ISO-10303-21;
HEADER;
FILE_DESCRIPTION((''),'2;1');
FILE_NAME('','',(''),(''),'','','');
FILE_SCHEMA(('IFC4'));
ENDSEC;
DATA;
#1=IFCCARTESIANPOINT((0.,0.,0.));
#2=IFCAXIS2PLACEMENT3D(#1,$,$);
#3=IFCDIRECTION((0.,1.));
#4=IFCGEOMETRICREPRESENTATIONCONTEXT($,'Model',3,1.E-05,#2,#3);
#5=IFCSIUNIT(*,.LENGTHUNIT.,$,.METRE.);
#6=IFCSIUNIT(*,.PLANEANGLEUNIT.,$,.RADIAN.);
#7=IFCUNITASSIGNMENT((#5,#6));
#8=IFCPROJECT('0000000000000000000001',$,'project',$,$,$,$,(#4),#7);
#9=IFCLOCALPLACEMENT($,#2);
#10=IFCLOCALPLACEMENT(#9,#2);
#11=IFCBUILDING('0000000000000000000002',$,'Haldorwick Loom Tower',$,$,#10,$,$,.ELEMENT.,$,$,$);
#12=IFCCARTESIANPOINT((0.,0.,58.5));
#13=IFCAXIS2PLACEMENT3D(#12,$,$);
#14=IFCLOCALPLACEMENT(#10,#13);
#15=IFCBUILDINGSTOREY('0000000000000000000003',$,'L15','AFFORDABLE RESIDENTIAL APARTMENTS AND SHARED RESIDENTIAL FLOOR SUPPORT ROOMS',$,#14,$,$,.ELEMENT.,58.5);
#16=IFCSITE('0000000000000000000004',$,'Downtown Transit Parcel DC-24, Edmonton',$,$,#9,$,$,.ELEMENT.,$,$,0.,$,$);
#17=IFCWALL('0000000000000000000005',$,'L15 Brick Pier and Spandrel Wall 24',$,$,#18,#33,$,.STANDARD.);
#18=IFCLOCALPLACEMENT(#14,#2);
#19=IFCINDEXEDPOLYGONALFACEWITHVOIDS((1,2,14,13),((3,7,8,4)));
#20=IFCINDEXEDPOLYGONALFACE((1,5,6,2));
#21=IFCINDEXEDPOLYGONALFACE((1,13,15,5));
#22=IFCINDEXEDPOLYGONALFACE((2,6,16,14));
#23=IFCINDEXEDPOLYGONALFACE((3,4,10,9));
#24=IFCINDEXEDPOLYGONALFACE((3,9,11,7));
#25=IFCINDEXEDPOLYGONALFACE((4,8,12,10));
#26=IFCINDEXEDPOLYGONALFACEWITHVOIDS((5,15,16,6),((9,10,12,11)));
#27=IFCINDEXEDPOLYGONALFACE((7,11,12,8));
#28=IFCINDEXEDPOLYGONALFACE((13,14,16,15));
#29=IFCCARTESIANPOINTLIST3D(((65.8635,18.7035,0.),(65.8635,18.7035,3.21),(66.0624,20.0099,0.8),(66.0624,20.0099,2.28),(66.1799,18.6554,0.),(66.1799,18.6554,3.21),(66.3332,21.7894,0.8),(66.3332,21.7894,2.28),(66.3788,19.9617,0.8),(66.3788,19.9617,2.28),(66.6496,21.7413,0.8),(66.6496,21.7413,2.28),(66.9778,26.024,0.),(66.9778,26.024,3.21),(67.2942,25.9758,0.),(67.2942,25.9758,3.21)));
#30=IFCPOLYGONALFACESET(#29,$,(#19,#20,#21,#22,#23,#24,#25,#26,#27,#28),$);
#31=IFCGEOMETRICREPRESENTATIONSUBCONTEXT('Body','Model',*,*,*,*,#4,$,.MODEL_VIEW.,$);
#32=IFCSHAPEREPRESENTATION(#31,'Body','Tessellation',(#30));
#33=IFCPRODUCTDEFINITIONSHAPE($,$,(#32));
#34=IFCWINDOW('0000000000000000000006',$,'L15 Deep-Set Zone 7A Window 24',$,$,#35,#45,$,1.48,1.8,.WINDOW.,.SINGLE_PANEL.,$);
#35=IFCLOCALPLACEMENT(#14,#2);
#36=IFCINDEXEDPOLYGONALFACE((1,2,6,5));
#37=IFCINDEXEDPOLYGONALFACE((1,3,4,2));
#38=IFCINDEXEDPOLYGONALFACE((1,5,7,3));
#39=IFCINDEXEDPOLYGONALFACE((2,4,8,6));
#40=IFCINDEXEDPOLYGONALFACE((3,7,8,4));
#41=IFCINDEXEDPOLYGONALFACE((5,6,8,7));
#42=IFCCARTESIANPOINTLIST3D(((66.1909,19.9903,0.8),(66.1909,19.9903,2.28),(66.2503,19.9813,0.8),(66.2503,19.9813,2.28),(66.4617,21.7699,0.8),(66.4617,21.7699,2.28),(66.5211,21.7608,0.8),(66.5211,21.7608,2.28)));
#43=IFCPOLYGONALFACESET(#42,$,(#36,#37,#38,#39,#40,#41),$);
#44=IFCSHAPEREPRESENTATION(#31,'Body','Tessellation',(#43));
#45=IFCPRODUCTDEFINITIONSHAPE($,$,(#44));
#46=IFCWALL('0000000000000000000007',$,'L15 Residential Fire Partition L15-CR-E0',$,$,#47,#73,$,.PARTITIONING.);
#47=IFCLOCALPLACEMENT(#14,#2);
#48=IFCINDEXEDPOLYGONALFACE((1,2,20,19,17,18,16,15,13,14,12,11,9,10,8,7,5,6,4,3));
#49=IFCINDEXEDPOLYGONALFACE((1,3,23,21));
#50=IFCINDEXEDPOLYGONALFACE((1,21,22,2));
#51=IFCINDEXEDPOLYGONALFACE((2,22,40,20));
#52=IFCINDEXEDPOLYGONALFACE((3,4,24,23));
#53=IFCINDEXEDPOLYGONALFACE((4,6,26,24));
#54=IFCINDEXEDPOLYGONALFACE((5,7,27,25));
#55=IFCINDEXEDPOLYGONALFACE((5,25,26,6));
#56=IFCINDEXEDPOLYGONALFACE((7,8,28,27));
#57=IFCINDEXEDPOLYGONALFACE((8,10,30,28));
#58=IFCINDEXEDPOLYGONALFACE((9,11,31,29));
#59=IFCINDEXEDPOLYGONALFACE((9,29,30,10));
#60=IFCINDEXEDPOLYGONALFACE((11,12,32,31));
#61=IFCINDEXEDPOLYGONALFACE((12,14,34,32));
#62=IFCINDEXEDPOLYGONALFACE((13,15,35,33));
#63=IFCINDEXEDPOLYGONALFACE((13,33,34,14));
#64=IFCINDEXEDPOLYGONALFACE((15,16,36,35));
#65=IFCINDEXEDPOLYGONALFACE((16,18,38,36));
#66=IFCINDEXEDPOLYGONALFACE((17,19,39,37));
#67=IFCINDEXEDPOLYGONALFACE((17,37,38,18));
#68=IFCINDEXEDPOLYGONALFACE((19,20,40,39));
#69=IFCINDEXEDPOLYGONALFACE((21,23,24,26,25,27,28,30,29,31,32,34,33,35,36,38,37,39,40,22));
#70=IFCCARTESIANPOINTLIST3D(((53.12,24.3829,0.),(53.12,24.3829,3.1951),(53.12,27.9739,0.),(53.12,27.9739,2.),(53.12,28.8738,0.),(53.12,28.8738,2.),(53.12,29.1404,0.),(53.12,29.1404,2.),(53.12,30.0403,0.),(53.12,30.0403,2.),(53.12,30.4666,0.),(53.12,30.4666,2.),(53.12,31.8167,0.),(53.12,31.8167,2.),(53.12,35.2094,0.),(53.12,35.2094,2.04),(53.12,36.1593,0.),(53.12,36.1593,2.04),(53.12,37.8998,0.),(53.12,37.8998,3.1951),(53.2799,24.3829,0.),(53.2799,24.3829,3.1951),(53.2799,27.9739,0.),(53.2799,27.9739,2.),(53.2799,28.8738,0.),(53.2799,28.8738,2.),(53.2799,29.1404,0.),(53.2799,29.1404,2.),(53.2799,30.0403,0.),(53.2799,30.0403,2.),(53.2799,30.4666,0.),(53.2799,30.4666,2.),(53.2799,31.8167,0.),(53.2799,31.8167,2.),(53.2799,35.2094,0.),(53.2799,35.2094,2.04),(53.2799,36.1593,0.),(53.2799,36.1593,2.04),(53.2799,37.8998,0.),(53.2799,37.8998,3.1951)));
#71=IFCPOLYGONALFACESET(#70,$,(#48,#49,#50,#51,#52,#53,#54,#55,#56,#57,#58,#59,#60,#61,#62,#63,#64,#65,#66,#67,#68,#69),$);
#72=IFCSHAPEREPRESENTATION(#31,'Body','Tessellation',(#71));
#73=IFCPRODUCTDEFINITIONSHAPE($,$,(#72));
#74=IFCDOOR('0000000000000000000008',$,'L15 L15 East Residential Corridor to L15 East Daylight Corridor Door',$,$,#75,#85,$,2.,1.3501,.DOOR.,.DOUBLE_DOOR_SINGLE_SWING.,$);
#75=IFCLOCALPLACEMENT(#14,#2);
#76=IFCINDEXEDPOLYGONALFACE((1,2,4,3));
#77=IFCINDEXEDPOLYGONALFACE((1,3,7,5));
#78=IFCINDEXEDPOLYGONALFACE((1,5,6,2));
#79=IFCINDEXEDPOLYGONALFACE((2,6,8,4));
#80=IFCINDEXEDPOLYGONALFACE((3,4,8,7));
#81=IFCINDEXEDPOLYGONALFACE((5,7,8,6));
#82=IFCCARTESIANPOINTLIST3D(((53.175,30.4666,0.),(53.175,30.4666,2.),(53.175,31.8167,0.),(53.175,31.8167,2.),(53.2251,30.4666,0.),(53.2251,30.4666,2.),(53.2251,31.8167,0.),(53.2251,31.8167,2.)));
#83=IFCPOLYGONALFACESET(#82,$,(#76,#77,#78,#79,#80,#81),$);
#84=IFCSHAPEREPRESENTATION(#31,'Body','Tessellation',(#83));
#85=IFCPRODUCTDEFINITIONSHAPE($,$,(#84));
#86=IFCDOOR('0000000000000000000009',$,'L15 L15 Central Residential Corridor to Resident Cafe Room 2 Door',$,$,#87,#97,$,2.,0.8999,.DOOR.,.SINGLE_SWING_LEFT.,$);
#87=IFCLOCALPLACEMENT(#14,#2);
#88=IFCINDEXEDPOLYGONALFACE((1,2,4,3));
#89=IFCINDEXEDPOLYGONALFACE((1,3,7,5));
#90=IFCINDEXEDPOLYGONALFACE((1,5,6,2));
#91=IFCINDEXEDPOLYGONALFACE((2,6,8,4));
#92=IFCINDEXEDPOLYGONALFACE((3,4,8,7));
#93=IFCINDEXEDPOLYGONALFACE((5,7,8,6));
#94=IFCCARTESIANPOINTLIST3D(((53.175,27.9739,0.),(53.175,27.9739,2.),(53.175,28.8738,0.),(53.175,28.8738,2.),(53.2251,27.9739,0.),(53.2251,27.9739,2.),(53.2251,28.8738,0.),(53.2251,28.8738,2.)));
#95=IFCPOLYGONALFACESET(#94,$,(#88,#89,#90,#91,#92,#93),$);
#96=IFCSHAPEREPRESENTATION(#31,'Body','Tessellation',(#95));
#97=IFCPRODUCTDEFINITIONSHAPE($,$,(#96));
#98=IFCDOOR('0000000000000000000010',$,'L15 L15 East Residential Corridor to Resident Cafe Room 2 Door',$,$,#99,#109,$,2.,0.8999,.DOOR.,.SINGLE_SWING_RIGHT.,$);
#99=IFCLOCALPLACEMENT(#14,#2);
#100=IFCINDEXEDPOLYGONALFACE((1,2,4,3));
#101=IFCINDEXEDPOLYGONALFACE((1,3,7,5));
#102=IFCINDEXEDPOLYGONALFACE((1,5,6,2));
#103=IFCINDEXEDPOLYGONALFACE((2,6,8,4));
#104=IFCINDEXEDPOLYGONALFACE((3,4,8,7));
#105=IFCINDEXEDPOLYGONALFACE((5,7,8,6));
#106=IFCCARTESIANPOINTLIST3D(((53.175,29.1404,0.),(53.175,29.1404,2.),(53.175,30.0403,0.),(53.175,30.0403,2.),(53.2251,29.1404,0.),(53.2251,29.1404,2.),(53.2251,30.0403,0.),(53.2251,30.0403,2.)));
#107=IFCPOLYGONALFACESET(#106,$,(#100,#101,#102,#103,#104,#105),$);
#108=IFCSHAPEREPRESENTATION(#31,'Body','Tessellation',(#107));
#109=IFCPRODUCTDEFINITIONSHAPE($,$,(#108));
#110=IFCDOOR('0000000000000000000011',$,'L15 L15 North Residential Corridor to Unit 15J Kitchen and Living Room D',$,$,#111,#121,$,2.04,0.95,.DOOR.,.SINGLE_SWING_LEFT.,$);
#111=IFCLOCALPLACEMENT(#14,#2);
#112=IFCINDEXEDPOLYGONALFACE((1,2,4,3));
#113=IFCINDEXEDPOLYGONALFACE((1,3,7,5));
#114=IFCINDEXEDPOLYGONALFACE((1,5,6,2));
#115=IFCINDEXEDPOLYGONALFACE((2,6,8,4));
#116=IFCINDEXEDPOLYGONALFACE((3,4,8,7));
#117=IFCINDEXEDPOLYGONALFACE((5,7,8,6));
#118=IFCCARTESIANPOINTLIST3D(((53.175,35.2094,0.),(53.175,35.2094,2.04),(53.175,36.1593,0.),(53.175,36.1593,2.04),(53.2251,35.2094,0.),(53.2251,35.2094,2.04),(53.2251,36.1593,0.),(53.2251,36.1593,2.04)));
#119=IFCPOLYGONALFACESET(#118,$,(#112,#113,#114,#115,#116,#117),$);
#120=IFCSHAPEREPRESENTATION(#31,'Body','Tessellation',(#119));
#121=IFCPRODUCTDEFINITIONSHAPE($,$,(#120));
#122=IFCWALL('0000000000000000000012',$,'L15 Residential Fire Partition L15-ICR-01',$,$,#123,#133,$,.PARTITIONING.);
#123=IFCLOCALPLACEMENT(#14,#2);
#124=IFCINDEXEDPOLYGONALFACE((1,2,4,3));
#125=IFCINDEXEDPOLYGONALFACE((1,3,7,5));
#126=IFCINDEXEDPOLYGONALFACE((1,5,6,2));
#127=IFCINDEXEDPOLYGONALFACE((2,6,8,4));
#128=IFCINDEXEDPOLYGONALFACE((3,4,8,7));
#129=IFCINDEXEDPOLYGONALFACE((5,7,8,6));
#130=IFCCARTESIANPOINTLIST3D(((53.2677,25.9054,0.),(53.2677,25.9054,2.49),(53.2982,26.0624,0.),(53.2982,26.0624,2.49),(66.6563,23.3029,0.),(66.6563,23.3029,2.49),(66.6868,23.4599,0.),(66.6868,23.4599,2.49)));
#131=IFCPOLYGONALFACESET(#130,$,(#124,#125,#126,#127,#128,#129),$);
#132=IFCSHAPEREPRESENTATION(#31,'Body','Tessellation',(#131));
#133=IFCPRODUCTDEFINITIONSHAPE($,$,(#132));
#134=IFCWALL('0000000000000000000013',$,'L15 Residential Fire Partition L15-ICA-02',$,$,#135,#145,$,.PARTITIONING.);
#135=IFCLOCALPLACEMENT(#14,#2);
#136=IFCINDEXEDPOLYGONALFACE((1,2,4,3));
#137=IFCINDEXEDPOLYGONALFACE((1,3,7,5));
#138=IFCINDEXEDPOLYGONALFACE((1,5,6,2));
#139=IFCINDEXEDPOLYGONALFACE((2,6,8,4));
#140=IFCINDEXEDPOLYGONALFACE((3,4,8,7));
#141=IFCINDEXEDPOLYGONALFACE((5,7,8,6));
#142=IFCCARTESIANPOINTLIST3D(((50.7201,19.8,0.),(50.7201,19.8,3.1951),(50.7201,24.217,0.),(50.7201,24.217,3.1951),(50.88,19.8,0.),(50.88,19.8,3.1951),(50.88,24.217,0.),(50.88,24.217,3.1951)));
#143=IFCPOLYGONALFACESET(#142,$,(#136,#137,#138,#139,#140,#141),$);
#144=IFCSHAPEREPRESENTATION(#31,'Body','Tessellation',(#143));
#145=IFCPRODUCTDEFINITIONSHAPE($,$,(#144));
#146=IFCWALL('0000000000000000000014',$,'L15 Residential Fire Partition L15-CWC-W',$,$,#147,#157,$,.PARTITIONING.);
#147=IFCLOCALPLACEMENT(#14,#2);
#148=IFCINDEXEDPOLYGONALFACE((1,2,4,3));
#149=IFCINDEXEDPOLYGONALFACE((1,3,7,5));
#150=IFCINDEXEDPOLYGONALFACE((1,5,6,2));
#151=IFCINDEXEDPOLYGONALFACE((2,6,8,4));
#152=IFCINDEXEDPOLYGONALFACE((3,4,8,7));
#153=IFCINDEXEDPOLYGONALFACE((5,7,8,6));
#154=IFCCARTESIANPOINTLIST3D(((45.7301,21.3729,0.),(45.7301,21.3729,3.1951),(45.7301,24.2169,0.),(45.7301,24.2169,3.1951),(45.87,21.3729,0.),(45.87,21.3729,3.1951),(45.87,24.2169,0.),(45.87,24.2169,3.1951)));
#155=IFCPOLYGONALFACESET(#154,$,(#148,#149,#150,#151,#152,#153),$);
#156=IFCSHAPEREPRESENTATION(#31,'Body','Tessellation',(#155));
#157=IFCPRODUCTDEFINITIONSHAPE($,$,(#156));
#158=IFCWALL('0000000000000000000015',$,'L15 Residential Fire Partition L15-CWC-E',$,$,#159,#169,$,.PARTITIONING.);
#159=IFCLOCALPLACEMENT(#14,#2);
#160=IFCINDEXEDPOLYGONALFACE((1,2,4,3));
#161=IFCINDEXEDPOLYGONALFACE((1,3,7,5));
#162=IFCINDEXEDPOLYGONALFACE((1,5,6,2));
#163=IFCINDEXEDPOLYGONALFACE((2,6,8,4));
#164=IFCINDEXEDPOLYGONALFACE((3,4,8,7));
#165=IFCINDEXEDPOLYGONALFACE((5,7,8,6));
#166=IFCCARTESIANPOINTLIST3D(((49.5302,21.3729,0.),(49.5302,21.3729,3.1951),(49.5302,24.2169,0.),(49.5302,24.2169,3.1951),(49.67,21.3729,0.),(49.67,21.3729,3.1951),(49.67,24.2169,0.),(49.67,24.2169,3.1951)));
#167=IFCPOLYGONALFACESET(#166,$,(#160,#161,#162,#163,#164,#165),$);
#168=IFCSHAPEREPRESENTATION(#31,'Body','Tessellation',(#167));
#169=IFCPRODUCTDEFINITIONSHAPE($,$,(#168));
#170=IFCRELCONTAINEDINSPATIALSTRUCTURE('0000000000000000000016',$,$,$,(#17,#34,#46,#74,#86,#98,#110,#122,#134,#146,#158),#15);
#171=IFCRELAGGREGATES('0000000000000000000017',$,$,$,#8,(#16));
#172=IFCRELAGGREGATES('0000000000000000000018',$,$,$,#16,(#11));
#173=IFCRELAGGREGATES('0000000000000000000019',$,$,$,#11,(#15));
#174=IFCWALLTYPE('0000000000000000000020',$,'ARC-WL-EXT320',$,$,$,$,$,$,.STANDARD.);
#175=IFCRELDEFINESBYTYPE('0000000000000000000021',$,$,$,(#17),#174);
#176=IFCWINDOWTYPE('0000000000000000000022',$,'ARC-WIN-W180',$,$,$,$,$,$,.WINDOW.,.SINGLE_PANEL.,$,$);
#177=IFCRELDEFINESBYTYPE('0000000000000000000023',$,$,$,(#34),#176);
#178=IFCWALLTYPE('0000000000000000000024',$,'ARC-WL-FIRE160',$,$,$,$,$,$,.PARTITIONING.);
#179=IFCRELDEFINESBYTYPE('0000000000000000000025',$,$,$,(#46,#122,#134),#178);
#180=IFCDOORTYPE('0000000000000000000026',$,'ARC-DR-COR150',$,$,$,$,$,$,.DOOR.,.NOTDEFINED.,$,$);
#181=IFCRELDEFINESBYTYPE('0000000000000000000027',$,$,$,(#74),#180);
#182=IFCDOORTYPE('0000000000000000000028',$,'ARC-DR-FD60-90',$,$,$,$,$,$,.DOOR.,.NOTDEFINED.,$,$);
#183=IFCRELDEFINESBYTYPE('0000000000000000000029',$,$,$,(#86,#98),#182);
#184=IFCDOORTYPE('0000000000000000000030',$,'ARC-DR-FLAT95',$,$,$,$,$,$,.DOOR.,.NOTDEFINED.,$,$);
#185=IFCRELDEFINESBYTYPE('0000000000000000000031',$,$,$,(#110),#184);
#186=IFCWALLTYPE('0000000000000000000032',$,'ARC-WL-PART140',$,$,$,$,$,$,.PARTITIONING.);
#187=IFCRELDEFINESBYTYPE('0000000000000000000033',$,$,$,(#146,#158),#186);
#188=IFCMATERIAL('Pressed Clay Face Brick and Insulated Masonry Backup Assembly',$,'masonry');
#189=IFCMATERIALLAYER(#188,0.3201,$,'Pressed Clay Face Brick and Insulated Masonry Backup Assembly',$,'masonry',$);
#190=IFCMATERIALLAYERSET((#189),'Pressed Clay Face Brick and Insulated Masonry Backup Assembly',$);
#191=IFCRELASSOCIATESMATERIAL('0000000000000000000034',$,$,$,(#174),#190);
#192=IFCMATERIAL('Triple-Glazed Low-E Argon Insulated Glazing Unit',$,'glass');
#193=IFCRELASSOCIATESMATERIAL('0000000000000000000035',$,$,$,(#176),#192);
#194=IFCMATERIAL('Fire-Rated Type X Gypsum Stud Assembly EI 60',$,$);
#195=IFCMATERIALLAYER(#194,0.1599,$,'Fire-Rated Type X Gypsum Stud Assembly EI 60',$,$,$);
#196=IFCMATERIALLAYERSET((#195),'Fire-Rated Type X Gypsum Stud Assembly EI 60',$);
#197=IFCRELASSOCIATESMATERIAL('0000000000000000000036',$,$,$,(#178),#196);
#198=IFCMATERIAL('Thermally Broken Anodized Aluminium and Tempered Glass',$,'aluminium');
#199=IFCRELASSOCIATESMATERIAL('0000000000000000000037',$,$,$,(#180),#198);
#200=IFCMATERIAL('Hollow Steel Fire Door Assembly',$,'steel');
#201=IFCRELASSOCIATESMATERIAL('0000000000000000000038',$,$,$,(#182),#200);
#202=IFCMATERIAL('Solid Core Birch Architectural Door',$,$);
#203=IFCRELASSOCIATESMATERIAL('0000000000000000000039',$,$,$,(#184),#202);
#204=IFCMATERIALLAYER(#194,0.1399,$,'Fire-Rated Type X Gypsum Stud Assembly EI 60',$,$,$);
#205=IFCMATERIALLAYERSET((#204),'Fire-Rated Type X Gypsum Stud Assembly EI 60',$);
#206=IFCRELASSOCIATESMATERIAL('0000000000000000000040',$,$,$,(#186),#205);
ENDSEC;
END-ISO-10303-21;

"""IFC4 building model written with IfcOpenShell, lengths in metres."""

from ifc_helpers import new_model, si_unit, direction, frame, frame_2d, origin, place, context, subcontext, project, spatial, rectangle, extrude, material, layer, layer_set, type_object, element, fill, save


model = new_model("IFC4")

# Units and contexts
model_context = context("Model", 3, precision=1e-05, world=origin(), true_north=direction((0.0, 1.0)))
body_context = subcontext(model_context, "Body", "Model", "MODEL_VIEW")
ifc_project = project(units=[si_unit("LENGTHUNIT", "METRE"), si_unit("PLANEANGLEUNIT", "RADIAN")], contexts=[model_context])

# Site, building, storey
site_placement = place(None, origin())
site = spatial("IfcSite", under=ifc_project, at=site_placement, Name="Downtown Transit Parcel DC-24, Edmonton", CompositionType="ELEMENT", RefElevation=0.0)
building_placement = place(site_placement, origin())
building = spatial("IfcBuilding", under=site, at=building_placement, Name="Haldorwick Loom Tower", CompositionType="ELEMENT")
storey_placement = place(building_placement, frame((0.0, 0.0, 58.5)))
storey = spatial("IfcBuildingStorey", under=building, at=storey_placement, Name="L15", Description="AFFORDABLE RESIDENTIAL APARTMENTS AND SHARED RESIDENTIAL FLOOR SUPPORT ROOMS", CompositionType="ELEMENT", Elevation=58.5)

# Wall, opening, window
ifc_material_1 = material(Name="Pressed Clay Face Brick and Insulated Masonry Backup Assembly", Category="masonry")
ifc_layer_1 = layer(ifc_material_1, 0.3201, Name="Pressed Clay Face Brick and Insulated Masonry Backup Assembly", Category="masonry")
ifc_layer_set_1 = layer_set([ifc_layer_1], Name="Pressed Clay Face Brick and Insulated Masonry Backup Assembly")
wall_type_1 = type_object("IfcWallType", Name="ARC-WL-EXT320", PredefinedType="STANDARD", material=ifc_layer_set_1)
wall_1_placement = place(storey_placement, frame((66.0217, 18.6794, 0.0), z_axis=(0.0, 0.0, 1.0), x_axis=(0.150476, 0.988614, 0.0)))
wall_1 = element("IfcWall", 1, at=wall_1_placement, inside=storey, type_object=wall_type_1, Name="L15 Brick Pier and Spandrel Wall 24", PredefinedType="STANDARD", context=body_context, shape_type="SweptSolid", body=[
    extrude(rectangle(XDim=7.4048, YDim=0.3201, at=frame_2d((3.7024, 0.0))), origin(), (0.0, 0.0, 1.0), 3.21),
])
opening_1_placement = place(wall_1_placement, frame((1.3215, 0.0, 0.8)))
opening_1 = element("IfcOpeningElement", 2, at=opening_1_placement, cuts=wall_1, PredefinedType="OPENING", context=body_context, shape_type="SweptSolid", body=[
    extrude(rectangle(XDim=1.8, YDim=1.48, at=frame_2d((0.8999, 0.74))), frame((0.0, 0.1699, 0.0), z_axis=(0.0, -1.0, 0.0), x_axis=(1.0, 0.0, 0.0)), (0.0, 0.0, 1.0), 0.3401),
])
ifc_material_2 = material(Name="Triple-Glazed Low-E Argon Insulated Glazing Unit", Category="glass")
window_type = type_object("IfcWindowType", Name="ARC-WIN-W180", PartitioningType="SINGLE_PANEL", PredefinedType="WINDOW", material=ifc_material_2)
window_placement = place(opening_1_placement, origin())
window = element("IfcWindow", 3, at=window_placement, inside=storey, type_object=window_type, Name="L15 Deep-Set Zone 7A Window 24", OverallHeight=1.48, OverallWidth=1.8, PartitioningType="SINGLE_PANEL", PredefinedType="WINDOW", context=body_context, shape_type="SweptSolid", body=[
    extrude(rectangle(XDim=1.8, YDim=1.48, at=frame_2d((0.8999, 0.74))), frame((0.0, 0.03, 0.0), z_axis=(0.0, -1.0, 0.0), x_axis=(1.0, 0.0, 0.0)), (0.0, 0.0, 1.0), 0.0601),
])
fill(opening_1, window)

# Wall, openings, doors
ifc_material_3 = material(Name="Fire-Rated Type X Gypsum Stud Assembly EI 60")
ifc_layer_2 = layer(ifc_material_3, 0.1599, Name="Fire-Rated Type X Gypsum Stud Assembly EI 60")
ifc_layer_set_2 = layer_set([ifc_layer_2], Name="Fire-Rated Type X Gypsum Stud Assembly EI 60")
wall_type_2 = type_object("IfcWallType", Name="ARC-WL-FIRE160", PredefinedType="PARTITIONING", material=ifc_layer_set_2)
wall_2_placement = place(storey_placement, frame((53.2, 24.3831, 0.0), z_axis=(0.0, 0.0, 1.0), x_axis=(0.0, 1.0, 0.0)))
wall_2 = element("IfcWall", 4, at=wall_2_placement, inside=storey, type_object=wall_type_2, Name="L15 Residential Fire Partition L15-CR-E0", PredefinedType="PARTITIONING", context=body_context, shape_type="SweptSolid", body=[
    extrude(rectangle(XDim=13.5168, YDim=0.1599, at=frame_2d((6.7583, 0.0))), origin(), (0.0, 0.0, 1.0), 3.1951),
])
opening_2_placement = place(wall_2_placement, frame((6.0835, 0.0, 0.0)))
opening_2 = element("IfcOpeningElement", 5, at=opening_2_placement, cuts=wall_2, PredefinedType="OPENING", context=body_context, shape_type="SweptSolid", body=[
    extrude(rectangle(XDim=1.3501, YDim=2.0, at=frame_2d((0.675, 1.0))), frame((0.0, 0.0898, 0.0), z_axis=(0.0, -1.0, 0.0), x_axis=(1.0, 0.0, 0.0)), (0.0, 0.0, 1.0), 0.1799),
])
opening_3_placement = place(wall_2_placement, frame((10.8262, 0.0, 0.0)))
opening_3 = element("IfcOpeningElement", 6, at=opening_3_placement, cuts=wall_2, PredefinedType="OPENING", context=body_context, shape_type="SweptSolid", body=[
    extrude(rectangle(XDim=0.95, YDim=2.04, at=frame_2d((0.4751, 1.02))), frame((0.0, 0.0898, 0.0), z_axis=(0.0, -1.0, 0.0), x_axis=(1.0, 0.0, 0.0)), (0.0, 0.0, 1.0), 0.1799),
])
opening_4_placement = place(wall_2_placement, frame((3.5908, 0.0, 0.0)))
opening_4 = element("IfcOpeningElement", 7, at=opening_4_placement, cuts=wall_2, PredefinedType="OPENING", context=body_context, shape_type="SweptSolid", body=[
    extrude(rectangle(XDim=0.8999, YDim=2.0, at=frame_2d((0.45, 1.0))), frame((0.0, 0.0898, 0.0), z_axis=(0.0, -1.0, 0.0), x_axis=(1.0, 0.0, 0.0)), (0.0, 0.0, 1.0), 0.1799),
])
opening_5_placement = place(wall_2_placement, frame((4.7573, 0.0, 0.0)))
opening_5 = element("IfcOpeningElement", 8, at=opening_5_placement, cuts=wall_2, PredefinedType="OPENING", context=body_context, shape_type="SweptSolid", body=[
    extrude(rectangle(XDim=0.8999, YDim=2.0, at=frame_2d((0.45, 1.0))), frame((0.0, 0.0898, 0.0), z_axis=(0.0, -1.0, 0.0), x_axis=(1.0, 0.0, 0.0)), (0.0, 0.0, 1.0), 0.1799),
])
ifc_material_4 = material(Name="Thermally Broken Anodized Aluminium and Tempered Glass", Category="aluminium")
door_type_1 = type_object("IfcDoorType", Name="ARC-DR-COR150", OperationType="NOTDEFINED", PredefinedType="DOOR", material=ifc_material_4)
door_1_placement = place(opening_2_placement, origin())
door_1 = element("IfcDoor", 9, at=door_1_placement, inside=storey, type_object=door_type_1, Name="L15 L15 East Residential Corridor to L15 East Daylight Corridor Door", OperationType="DOUBLE_DOOR_SINGLE_SWING", OverallHeight=2.0, OverallWidth=1.3501, PredefinedType="DOOR", context=body_context, shape_type="SweptSolid", body=[
    extrude(rectangle(XDim=1.3501, YDim=2.0, at=frame_2d((0.675, 1.0))), frame((0.0, 0.0249, 0.0), z_axis=(0.0, -1.0, 0.0), x_axis=(1.0, 0.0, 0.0)), (0.0, 0.0, 1.0), 0.05),
])
fill(opening_2, door_1)
ifc_material_5 = material(Name="Hollow Steel Fire Door Assembly", Category="steel")
door_type_2 = type_object("IfcDoorType", Name="ARC-DR-FD60-90", OperationType="NOTDEFINED", PredefinedType="DOOR", material=ifc_material_5)
door_2_placement = place(opening_4_placement, origin())
door_2 = element("IfcDoor", 10, at=door_2_placement, inside=storey, type_object=door_type_2, Name="L15 L15 Central Residential Corridor to Resident Cafe Room 2 Door", OperationType="SINGLE_SWING_LEFT", OverallHeight=2.0, OverallWidth=0.8999, PredefinedType="DOOR", context=body_context, shape_type="SweptSolid", body=[
    extrude(rectangle(XDim=0.8999, YDim=2.0, at=frame_2d((0.45, 1.0))), frame((0.0, 0.0249, 0.0), z_axis=(0.0, -1.0, 0.0), x_axis=(1.0, 0.0, 0.0)), (0.0, 0.0, 1.0), 0.05),
])
fill(opening_4, door_2)
door_3_placement = place(opening_5_placement, origin())
door_3 = element("IfcDoor", 11, at=door_3_placement, inside=storey, type_object=door_type_2, Name="L15 L15 East Residential Corridor to Resident Cafe Room 2 Door", OperationType="SINGLE_SWING_RIGHT", OverallHeight=2.0, OverallWidth=0.8999, PredefinedType="DOOR", context=body_context, shape_type="SweptSolid", body=[
    extrude(rectangle(XDim=0.8999, YDim=2.0, at=frame_2d((0.45, 1.0))), frame((0.0, 0.0249, 0.0), z_axis=(0.0, -1.0, 0.0), x_axis=(1.0, 0.0, 0.0)), (0.0, 0.0, 1.0), 0.05),
])
fill(opening_5, door_3)
ifc_material_6 = material(Name="Solid Core Birch Architectural Door")
door_type_3 = type_object("IfcDoorType", Name="ARC-DR-FLAT95", OperationType="NOTDEFINED", PredefinedType="DOOR", material=ifc_material_6)
door_4_placement = place(opening_3_placement, origin())
door_4 = element("IfcDoor", 12, at=door_4_placement, inside=storey, type_object=door_type_3, Name="L15 L15 North Residential Corridor to Unit 15J Kitchen and Living Room D", OperationType="SINGLE_SWING_LEFT", OverallHeight=2.04, OverallWidth=0.95, PredefinedType="DOOR", context=body_context, shape_type="SweptSolid", body=[
    extrude(rectangle(XDim=0.95, YDim=2.04, at=frame_2d((0.4751, 1.02))), frame((0.0, 0.0249, 0.0), z_axis=(0.0, -1.0, 0.0), x_axis=(1.0, 0.0, 0.0)), (0.0, 0.0, 1.0), 0.05),
])
fill(opening_3, door_4)

# Walls
wall_3_placement = place(storey_placement, frame((53.283, 25.9839, 0.0), z_axis=(0.0, 0.0, 1.0), x_axis=(0.981627, -0.190812, 0.0)))
element("IfcWall", 13, at=wall_3_placement, inside=storey, type_object=wall_type_2, Name="L15 Residential Fire Partition L15-ICR-01", PredefinedType="PARTITIONING", context=body_context, shape_type="SweptSolid", body=[
    extrude(rectangle(XDim=13.6392, YDim=0.1599, at=frame_2d((6.8196, 0.0))), origin(), (0.0, 0.0, 1.0), 2.49),
])
wall_4_placement = place(storey_placement, frame((50.8, 24.217, 0.0), z_axis=(0.0, 0.0, 1.0), x_axis=(0.0, -1.0, 0.0)))
element("IfcWall", 14, at=wall_4_placement, inside=storey, type_object=wall_type_2, Name="L15 Residential Fire Partition L15-ICA-02", PredefinedType="PARTITIONING", context=body_context, shape_type="SweptSolid", body=[
    extrude(rectangle(XDim=4.417, YDim=0.1599, at=frame_2d((2.2085, 0.0))), origin(), (0.0, 0.0, 1.0), 3.1951),
])
ifc_layer_3 = layer(ifc_material_3, 0.1399, Name="Fire-Rated Type X Gypsum Stud Assembly EI 60")
ifc_layer_set_3 = layer_set([ifc_layer_3], Name="Fire-Rated Type X Gypsum Stud Assembly EI 60")
wall_type_3 = type_object("IfcWallType", Name="ARC-WL-PART140", PredefinedType="PARTITIONING", material=ifc_layer_set_3)
for number, where, z_axis, x_axis, name in (
    (15, (45.8, 21.373, 0.0), (0.0, 0.0, 1.0), (0.0, 1.0, 0.0), "L15 Residential Fire Partition L15-CWC-W"),
    (16, (49.6001, 21.373, 0.0), (0.0, 0.0, 1.0), (0.0, 1.0, 0.0), "L15 Residential Fire Partition L15-CWC-E"),
):
    element("IfcWall", number, at=place(storey_placement, frame(where, z_axis=z_axis, x_axis=x_axis)), inside=storey, type_object=wall_type_3, Name=name, PredefinedType="PARTITIONING", context=body_context, shape_type="SweptSolid", body=[
        extrude(rectangle(XDim=2.844, YDim=0.1399, at=frame_2d((1.4219, 0.0))), origin(), (0.0, 0.0, 1.0), 3.1951),
    ])

save(model, "model.ifc")
